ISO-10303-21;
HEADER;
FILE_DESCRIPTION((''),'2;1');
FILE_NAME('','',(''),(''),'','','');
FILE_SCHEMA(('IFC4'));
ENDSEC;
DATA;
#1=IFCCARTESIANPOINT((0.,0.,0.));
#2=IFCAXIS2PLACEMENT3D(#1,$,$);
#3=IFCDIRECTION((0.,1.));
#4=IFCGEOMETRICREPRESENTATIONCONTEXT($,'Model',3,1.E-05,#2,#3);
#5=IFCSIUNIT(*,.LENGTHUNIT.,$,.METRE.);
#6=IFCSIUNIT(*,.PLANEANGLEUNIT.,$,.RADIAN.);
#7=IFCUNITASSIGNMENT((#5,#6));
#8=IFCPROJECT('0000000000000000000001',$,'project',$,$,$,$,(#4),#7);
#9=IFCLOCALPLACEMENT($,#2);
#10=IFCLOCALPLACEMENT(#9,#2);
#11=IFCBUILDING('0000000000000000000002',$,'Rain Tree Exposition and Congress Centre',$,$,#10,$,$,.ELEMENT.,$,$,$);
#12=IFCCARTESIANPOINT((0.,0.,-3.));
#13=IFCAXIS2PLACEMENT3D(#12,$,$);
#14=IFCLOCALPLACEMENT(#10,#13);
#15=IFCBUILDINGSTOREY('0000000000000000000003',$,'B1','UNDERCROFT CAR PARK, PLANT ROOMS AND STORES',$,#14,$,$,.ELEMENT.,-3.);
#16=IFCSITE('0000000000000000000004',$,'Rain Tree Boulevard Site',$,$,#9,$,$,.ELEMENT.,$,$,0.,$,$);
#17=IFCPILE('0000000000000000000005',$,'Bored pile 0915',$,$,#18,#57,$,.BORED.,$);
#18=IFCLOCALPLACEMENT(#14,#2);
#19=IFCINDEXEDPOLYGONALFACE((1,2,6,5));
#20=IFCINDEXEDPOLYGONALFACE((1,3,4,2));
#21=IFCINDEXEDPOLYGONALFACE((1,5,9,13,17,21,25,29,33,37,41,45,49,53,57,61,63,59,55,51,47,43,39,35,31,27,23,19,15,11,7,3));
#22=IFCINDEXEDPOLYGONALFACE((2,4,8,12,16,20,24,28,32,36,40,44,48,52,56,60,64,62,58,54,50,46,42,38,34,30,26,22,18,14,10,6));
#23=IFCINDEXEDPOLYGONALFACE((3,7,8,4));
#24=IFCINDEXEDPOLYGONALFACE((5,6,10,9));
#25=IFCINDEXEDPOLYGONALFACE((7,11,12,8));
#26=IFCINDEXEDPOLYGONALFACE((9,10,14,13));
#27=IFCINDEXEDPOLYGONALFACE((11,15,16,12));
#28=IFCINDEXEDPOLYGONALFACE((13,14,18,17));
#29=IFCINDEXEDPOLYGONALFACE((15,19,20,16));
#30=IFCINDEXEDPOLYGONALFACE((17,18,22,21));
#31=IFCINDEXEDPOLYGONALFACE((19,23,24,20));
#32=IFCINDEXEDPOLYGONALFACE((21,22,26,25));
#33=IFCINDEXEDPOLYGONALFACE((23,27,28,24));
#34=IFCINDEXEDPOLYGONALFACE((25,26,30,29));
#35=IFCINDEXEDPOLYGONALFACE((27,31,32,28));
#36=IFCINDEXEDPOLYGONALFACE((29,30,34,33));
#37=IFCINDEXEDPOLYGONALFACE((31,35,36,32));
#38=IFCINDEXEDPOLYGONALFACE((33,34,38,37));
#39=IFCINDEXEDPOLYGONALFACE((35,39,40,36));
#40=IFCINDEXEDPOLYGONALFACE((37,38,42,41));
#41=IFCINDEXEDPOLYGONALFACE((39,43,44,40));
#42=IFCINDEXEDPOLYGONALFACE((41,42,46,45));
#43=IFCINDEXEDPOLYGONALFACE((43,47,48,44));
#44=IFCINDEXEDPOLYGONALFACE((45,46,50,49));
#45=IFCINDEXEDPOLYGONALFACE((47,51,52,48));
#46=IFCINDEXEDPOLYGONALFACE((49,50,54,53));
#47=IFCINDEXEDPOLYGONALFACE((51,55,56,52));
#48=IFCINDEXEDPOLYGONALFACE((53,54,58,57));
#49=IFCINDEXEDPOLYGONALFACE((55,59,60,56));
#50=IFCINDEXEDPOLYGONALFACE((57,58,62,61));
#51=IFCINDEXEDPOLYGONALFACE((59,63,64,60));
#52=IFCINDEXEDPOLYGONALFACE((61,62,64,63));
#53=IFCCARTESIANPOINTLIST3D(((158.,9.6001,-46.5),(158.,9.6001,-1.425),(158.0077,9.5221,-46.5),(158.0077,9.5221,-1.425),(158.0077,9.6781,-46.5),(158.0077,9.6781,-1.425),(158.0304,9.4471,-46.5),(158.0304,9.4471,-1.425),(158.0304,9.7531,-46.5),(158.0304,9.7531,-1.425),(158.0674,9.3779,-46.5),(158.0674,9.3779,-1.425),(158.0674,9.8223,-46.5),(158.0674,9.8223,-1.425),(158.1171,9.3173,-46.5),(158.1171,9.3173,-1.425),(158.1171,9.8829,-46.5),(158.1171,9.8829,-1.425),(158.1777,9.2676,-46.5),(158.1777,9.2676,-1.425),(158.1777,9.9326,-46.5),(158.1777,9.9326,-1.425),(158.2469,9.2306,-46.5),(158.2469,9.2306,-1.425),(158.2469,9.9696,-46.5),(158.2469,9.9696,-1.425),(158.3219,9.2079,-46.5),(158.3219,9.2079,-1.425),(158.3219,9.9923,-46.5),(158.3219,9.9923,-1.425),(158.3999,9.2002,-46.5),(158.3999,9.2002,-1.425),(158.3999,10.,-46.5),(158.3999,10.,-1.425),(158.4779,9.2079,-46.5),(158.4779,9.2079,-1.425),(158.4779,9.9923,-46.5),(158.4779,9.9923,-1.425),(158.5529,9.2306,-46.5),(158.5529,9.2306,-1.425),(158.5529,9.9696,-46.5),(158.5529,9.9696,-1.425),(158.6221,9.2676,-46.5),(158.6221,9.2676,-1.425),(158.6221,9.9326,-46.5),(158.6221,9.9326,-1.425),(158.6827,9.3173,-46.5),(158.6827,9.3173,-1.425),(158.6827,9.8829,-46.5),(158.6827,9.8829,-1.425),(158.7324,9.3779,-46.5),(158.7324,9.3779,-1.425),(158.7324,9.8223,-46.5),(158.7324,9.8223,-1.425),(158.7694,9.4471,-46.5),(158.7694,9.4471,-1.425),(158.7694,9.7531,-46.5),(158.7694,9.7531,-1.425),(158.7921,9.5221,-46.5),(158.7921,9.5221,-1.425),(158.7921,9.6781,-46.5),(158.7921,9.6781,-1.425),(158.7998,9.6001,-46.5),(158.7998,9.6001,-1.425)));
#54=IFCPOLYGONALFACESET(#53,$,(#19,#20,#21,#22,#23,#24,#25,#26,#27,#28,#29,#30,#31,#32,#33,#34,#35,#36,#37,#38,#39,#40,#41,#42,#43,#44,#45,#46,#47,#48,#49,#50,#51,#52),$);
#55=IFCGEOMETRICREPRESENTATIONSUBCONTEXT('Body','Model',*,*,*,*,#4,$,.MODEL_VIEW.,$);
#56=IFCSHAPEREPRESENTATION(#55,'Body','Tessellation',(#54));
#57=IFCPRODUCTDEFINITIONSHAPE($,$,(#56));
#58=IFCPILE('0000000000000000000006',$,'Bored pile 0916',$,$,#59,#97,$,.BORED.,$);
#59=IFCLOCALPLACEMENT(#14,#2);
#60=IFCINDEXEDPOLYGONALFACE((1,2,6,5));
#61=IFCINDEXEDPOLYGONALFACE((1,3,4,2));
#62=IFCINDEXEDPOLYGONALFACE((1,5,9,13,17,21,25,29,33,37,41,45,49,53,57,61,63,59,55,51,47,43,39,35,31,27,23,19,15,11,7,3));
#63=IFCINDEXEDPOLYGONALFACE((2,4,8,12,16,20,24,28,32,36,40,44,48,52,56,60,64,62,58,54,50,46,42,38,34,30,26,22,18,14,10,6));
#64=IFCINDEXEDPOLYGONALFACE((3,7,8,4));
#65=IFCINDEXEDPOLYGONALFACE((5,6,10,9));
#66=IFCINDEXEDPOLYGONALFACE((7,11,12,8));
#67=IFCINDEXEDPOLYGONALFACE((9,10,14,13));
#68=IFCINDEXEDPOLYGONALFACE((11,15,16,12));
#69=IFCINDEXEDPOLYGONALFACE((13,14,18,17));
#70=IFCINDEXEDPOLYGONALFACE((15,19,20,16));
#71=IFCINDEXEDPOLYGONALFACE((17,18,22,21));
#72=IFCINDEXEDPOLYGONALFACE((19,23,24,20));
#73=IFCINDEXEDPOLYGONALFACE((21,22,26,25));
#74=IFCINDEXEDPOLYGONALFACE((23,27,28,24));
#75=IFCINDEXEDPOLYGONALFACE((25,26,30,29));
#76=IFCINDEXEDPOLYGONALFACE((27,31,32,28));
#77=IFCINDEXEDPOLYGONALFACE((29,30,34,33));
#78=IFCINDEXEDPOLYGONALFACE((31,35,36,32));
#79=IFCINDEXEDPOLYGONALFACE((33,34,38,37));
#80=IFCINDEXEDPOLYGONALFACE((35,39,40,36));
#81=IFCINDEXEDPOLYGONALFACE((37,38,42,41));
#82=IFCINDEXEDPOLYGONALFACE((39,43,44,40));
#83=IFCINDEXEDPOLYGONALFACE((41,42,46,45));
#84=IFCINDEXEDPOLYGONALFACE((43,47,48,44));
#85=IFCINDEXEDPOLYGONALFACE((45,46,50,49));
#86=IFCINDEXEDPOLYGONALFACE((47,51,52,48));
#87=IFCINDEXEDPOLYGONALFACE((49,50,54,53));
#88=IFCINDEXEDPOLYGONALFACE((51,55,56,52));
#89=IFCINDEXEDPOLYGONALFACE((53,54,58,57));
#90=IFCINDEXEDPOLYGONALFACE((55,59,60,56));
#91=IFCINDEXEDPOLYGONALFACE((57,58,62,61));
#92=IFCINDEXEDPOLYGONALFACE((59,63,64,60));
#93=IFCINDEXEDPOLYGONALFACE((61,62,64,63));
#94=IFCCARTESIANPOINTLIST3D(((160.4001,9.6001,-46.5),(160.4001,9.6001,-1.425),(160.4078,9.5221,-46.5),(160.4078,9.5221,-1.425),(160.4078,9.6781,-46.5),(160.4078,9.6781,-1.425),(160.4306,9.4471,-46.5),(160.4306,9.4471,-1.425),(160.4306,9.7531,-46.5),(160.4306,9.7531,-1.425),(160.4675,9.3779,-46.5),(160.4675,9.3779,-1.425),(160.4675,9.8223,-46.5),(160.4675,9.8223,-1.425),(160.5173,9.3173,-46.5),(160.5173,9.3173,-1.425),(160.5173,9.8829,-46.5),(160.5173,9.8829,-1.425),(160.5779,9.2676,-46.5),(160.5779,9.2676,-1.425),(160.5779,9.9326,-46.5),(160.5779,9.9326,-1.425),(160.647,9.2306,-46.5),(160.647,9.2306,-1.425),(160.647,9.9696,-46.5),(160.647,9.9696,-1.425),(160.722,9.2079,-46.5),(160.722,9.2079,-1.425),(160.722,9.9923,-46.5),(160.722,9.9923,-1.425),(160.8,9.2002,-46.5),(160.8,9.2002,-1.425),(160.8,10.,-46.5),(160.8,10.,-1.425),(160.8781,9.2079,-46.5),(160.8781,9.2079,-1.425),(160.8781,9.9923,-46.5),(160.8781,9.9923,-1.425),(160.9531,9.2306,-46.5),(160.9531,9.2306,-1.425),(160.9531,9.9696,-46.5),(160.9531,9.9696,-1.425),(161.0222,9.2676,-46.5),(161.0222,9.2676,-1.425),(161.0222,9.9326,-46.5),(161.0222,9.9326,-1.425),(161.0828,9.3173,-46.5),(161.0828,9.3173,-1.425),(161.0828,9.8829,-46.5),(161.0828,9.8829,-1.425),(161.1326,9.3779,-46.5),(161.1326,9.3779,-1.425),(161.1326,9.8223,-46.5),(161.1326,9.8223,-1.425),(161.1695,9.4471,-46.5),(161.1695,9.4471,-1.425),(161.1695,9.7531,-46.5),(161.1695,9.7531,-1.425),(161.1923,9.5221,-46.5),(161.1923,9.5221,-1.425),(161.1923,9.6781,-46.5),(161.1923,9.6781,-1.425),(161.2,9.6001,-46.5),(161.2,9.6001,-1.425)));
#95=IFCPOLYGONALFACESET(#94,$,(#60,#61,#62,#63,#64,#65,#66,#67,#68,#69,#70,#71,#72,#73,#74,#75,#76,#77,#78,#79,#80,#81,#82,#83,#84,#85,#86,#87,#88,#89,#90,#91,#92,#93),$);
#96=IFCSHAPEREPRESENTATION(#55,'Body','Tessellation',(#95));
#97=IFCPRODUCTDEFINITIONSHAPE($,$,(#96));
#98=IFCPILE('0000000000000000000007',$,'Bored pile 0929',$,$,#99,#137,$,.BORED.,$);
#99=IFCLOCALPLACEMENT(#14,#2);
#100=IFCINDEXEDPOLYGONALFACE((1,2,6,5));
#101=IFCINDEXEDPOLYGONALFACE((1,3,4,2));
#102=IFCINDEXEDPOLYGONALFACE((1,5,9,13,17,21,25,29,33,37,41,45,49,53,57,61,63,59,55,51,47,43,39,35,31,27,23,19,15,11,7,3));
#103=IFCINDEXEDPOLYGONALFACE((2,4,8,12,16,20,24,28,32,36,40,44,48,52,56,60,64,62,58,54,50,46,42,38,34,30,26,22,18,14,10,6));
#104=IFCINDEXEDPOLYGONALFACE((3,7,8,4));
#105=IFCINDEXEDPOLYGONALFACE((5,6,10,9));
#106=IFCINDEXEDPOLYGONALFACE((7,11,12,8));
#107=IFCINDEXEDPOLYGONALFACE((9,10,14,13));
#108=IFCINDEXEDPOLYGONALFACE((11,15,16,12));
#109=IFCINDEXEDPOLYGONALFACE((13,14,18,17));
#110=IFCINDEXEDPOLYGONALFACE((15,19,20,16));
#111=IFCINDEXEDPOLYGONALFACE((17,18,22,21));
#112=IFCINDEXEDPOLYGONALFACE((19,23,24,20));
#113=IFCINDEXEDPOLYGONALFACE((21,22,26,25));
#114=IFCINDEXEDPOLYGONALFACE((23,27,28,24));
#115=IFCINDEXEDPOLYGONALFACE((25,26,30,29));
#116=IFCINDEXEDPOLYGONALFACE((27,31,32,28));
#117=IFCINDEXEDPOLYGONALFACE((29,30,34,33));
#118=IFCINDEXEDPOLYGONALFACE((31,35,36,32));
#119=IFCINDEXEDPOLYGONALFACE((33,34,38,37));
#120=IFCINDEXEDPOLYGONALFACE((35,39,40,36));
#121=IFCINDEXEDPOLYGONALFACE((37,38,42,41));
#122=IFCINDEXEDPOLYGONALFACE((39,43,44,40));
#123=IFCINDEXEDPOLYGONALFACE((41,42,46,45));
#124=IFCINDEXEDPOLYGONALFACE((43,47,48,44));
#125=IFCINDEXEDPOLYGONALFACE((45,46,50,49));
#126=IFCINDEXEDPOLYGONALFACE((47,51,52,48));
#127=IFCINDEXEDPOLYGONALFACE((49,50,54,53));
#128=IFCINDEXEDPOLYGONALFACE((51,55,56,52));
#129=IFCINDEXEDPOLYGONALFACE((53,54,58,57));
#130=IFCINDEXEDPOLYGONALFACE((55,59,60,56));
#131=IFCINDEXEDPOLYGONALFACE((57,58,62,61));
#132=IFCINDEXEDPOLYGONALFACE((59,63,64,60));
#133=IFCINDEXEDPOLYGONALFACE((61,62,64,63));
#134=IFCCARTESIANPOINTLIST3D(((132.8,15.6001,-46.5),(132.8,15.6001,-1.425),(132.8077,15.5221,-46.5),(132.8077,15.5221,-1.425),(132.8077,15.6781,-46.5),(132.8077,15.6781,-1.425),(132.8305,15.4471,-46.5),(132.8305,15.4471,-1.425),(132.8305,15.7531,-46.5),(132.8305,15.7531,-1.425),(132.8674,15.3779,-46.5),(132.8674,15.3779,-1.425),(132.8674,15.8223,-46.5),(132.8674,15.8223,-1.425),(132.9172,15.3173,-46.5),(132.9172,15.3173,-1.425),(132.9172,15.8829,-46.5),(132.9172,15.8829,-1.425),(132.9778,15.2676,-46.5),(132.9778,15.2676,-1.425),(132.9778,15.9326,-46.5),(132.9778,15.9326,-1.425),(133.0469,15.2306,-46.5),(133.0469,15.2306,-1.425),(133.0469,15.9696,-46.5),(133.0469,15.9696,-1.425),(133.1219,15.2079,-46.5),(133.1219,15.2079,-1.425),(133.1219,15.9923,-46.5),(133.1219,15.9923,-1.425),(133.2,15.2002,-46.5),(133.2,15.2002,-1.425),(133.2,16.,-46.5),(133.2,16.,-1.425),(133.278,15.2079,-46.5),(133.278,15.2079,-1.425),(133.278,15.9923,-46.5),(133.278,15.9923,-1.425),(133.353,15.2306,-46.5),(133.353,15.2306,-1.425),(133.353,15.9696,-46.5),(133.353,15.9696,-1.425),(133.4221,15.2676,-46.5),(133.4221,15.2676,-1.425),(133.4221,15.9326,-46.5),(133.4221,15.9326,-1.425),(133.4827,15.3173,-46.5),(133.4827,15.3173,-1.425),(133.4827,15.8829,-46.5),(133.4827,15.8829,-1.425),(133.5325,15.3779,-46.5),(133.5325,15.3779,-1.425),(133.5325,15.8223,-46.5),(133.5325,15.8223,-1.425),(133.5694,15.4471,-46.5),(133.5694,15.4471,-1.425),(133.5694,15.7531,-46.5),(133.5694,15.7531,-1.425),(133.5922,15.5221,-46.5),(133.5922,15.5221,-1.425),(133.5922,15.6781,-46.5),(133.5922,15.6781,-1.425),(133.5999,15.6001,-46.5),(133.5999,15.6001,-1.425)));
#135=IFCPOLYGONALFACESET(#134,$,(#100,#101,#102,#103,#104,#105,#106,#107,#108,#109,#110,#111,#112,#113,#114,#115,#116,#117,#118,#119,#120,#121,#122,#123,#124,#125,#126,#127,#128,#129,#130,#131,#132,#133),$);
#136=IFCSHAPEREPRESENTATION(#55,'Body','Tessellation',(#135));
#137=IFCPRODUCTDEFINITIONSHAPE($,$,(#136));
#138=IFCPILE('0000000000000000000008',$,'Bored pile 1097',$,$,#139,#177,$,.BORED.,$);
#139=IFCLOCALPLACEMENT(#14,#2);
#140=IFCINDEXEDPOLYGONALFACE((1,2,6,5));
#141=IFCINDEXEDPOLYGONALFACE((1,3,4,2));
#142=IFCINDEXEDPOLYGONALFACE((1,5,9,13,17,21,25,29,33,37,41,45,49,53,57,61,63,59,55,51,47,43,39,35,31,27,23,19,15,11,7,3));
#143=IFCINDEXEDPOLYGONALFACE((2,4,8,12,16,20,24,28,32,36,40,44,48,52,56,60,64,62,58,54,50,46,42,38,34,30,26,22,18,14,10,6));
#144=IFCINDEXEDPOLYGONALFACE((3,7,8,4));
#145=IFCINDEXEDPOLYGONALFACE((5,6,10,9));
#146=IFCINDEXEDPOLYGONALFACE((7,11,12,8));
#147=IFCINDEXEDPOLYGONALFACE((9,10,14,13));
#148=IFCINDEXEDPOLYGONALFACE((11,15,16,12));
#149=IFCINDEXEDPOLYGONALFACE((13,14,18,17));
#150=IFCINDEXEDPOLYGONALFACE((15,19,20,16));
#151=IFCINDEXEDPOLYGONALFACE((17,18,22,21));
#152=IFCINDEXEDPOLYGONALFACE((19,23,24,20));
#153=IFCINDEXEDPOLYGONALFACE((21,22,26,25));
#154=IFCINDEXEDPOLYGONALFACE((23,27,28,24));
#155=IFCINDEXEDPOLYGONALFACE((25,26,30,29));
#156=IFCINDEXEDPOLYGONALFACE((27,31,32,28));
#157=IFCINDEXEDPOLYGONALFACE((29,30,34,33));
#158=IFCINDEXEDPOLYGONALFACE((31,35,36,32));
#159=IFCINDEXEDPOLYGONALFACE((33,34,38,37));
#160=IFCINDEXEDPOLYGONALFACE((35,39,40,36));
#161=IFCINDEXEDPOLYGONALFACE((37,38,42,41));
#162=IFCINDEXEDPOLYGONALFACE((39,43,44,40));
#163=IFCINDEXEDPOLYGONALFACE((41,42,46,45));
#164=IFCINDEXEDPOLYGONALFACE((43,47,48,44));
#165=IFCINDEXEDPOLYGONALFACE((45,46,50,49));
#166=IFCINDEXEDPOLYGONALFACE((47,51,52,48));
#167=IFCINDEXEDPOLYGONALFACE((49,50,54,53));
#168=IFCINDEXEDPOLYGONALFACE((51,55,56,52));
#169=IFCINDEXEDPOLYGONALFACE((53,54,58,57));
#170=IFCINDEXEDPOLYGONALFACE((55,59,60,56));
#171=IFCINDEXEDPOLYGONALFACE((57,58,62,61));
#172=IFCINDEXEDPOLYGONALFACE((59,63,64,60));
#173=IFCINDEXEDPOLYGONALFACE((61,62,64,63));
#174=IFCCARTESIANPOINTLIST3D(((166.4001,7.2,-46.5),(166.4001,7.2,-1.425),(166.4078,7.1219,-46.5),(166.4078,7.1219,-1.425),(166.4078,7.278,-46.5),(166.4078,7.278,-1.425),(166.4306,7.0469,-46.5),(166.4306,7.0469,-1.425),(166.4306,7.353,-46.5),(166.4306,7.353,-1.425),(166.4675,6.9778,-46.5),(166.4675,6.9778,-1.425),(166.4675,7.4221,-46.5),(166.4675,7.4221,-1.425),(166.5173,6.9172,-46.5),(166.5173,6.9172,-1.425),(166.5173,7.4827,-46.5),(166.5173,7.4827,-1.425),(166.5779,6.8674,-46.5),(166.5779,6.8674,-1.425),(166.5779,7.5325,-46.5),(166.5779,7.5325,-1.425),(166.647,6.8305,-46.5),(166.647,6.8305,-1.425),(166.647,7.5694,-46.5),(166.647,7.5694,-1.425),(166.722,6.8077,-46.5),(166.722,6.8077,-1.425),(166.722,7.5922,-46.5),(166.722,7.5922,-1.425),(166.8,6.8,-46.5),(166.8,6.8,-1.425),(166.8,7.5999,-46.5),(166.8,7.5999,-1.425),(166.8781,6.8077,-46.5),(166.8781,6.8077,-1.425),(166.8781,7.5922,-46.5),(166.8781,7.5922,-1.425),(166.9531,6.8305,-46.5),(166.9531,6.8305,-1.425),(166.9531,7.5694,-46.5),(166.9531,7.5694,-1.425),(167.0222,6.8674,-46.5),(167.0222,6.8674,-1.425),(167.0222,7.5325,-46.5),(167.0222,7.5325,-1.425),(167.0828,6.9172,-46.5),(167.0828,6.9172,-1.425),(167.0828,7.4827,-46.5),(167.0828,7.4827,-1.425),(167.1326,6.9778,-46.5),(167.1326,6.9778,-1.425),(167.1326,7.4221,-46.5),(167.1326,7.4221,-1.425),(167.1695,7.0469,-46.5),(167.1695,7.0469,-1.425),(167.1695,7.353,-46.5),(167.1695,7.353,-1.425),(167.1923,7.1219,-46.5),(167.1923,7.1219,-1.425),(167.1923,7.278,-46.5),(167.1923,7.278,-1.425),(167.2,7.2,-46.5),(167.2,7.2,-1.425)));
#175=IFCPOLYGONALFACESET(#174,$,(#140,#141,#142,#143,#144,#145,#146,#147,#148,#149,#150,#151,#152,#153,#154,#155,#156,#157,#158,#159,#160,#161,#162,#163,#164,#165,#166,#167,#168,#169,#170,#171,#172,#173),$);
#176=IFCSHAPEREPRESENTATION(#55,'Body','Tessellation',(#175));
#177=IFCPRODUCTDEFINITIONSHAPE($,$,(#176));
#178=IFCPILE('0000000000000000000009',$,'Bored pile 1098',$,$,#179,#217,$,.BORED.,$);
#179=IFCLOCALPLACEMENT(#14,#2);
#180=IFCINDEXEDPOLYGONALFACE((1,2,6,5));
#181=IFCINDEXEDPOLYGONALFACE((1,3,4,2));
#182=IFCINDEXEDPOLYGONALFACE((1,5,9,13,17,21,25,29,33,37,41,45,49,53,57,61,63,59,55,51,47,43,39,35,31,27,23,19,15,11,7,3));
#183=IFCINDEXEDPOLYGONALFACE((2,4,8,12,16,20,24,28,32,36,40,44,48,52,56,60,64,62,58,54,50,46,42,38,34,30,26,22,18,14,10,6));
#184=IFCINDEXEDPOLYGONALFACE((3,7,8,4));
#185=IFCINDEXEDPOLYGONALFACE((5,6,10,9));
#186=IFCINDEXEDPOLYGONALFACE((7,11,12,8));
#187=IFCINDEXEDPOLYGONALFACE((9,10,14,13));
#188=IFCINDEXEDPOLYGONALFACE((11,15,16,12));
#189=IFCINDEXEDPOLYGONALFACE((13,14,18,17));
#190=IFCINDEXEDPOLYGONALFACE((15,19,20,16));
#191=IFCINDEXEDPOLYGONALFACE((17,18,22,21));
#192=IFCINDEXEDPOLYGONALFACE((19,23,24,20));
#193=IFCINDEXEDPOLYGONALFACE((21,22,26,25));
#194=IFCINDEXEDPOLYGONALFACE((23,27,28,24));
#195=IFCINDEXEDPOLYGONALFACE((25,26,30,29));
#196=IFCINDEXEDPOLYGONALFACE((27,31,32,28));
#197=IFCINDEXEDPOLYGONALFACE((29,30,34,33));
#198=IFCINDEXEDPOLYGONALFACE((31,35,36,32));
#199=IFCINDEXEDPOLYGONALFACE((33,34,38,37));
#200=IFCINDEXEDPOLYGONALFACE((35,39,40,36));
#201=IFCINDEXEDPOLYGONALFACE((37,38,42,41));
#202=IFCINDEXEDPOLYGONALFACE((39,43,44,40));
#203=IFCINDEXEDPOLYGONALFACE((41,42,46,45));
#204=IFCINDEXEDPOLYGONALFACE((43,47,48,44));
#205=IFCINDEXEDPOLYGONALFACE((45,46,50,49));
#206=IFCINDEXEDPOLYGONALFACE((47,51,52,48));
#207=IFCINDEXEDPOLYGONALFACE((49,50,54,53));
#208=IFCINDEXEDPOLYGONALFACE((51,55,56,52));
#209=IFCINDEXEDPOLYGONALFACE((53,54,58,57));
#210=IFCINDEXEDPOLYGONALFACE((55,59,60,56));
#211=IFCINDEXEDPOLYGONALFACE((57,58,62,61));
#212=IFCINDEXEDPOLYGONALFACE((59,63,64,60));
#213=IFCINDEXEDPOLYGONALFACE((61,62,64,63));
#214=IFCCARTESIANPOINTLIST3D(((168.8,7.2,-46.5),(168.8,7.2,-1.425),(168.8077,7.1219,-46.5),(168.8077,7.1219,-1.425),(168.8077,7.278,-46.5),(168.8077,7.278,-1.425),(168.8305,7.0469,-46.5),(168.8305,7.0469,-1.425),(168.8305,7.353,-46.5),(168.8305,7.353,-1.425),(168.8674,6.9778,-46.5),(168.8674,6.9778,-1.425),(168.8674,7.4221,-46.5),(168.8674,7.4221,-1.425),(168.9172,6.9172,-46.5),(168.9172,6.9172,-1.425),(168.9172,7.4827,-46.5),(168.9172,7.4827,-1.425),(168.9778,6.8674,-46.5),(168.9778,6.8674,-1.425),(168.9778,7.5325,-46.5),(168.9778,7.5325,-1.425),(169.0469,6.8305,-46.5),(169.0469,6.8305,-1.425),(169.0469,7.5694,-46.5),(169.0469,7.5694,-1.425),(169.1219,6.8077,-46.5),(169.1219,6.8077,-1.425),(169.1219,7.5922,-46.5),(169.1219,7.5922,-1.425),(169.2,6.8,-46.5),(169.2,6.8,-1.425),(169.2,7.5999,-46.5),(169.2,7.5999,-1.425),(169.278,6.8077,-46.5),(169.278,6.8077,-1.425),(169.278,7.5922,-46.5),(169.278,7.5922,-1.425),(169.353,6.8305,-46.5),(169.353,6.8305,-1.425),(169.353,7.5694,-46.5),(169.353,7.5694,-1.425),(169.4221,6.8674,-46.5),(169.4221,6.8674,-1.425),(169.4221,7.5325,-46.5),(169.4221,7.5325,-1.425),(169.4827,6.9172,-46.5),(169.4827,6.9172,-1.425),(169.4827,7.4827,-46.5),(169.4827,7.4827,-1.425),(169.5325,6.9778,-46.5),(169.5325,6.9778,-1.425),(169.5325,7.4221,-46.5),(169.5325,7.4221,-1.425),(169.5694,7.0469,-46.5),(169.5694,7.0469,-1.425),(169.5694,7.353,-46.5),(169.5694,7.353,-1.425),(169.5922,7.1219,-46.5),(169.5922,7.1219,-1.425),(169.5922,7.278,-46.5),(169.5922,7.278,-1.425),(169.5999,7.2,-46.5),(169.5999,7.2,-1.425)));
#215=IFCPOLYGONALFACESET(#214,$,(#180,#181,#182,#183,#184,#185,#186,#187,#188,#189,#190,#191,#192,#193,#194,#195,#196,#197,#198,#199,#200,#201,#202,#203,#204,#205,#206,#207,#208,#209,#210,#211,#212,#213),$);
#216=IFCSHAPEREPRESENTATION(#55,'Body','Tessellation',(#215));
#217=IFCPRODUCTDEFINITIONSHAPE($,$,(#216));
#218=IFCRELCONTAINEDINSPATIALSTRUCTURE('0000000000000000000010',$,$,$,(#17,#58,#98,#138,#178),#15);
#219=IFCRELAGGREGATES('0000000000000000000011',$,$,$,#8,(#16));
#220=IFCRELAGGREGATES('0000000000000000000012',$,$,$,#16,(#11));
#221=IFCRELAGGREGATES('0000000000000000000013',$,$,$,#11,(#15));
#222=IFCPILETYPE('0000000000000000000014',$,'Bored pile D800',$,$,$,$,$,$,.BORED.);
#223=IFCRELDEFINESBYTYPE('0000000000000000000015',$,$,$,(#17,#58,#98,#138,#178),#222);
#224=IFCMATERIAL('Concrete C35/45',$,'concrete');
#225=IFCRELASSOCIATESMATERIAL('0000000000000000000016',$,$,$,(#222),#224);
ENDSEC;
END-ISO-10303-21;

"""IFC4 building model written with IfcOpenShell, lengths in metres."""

from ifc_helpers import new_model, si_unit, direction, frame, origin, origin_2d, place, context, subcontext, project, spatial, circle, extrude, material, material_profile, profile_set, type_object, element, save


model = new_model("IFC4")

# Units and contexts
model_context = context("Model", 3, precision=1e-05, world=origin(), true_north=direction((0.0, 1.0)))
body_context = subcontext(model_context, "Body", "Model", "MODEL_VIEW")
ifc_project = project(units=[si_unit("LENGTHUNIT", "METRE"), si_unit("PLANEANGLEUNIT", "RADIAN")], contexts=[model_context])

# Site, building, storey
site_placement = place(None, origin())
site = spatial("IfcSite", under=ifc_project, at=site_placement, Name="Rain Tree Boulevard Site", CompositionType="ELEMENT", RefElevation=0.0)
building_placement = place(site_placement, origin())
building = spatial("IfcBuilding", under=site, at=building_placement, Name="Rain Tree Exposition and Congress Centre", CompositionType="ELEMENT")
storey_placement = place(building_placement, frame((0.0, 0.0, -3.0)))
storey = spatial("IfcBuildingStorey", under=building, at=storey_placement, Name="B1", Description="UNDERCROFT CAR PARK, PLANT ROOMS AND STORES", CompositionType="ELEMENT", Elevation=-3.0)

# Piles
ifc_material_1 = material(Name="Concrete C35/45", Category="concrete")
ifc_material_profile_1 = material_profile(ifc_material_1, circle(Radius=0.3999, at=origin_2d()), Name="D800")
ifc_profile_set_1 = profile_set([ifc_material_profile_1], Name="Concrete C35/45")
pile_type_1 = type_object("IfcPileType", Name="Bored pile D800", PredefinedType="BORED", material=ifc_profile_set_1)
for number, where, z_axis, x_axis, name in (
    (1, (158.3999, 9.6001, -1.425), (0.0, 0.0, -1.0), (1.0, 0.0, 0.0), "Bored pile 0915"),
    (2, (160.8, 9.6001, -1.425), (0.0, 0.0, -1.0), (1.0, 0.0, 0.0), "Bored pile 0916"),
    (3, (133.2, 15.6001, -1.425), (0.0, 0.0, -1.0), (1.0, 0.0, 0.0), "Bored pile 0929"),
    (4, (166.8, 7.2, -1.425), (0.0, 0.0, -1.0), (1.0, 0.0, 0.0), "Bored pile 1097"),
    (5, (169.2, 7.2, -1.425), (0.0, 0.0, -1.0), (1.0, 0.0, 0.0), "Bored pile 1098"),
):
    element("IfcPile", number, at=place(storey_placement, frame(where, z_axis=z_axis, x_axis=x_axis)), inside=storey, type_object=pile_type_1, Name=name, PredefinedType="BORED", context=body_context, shape_type="SweptSolid", body=[
        extrude(circle(Radius=0.3999, at=origin_2d()), origin(), (0.0, 0.0, 1.0), 45.075),
    ])

save(model, "model.ifc")
